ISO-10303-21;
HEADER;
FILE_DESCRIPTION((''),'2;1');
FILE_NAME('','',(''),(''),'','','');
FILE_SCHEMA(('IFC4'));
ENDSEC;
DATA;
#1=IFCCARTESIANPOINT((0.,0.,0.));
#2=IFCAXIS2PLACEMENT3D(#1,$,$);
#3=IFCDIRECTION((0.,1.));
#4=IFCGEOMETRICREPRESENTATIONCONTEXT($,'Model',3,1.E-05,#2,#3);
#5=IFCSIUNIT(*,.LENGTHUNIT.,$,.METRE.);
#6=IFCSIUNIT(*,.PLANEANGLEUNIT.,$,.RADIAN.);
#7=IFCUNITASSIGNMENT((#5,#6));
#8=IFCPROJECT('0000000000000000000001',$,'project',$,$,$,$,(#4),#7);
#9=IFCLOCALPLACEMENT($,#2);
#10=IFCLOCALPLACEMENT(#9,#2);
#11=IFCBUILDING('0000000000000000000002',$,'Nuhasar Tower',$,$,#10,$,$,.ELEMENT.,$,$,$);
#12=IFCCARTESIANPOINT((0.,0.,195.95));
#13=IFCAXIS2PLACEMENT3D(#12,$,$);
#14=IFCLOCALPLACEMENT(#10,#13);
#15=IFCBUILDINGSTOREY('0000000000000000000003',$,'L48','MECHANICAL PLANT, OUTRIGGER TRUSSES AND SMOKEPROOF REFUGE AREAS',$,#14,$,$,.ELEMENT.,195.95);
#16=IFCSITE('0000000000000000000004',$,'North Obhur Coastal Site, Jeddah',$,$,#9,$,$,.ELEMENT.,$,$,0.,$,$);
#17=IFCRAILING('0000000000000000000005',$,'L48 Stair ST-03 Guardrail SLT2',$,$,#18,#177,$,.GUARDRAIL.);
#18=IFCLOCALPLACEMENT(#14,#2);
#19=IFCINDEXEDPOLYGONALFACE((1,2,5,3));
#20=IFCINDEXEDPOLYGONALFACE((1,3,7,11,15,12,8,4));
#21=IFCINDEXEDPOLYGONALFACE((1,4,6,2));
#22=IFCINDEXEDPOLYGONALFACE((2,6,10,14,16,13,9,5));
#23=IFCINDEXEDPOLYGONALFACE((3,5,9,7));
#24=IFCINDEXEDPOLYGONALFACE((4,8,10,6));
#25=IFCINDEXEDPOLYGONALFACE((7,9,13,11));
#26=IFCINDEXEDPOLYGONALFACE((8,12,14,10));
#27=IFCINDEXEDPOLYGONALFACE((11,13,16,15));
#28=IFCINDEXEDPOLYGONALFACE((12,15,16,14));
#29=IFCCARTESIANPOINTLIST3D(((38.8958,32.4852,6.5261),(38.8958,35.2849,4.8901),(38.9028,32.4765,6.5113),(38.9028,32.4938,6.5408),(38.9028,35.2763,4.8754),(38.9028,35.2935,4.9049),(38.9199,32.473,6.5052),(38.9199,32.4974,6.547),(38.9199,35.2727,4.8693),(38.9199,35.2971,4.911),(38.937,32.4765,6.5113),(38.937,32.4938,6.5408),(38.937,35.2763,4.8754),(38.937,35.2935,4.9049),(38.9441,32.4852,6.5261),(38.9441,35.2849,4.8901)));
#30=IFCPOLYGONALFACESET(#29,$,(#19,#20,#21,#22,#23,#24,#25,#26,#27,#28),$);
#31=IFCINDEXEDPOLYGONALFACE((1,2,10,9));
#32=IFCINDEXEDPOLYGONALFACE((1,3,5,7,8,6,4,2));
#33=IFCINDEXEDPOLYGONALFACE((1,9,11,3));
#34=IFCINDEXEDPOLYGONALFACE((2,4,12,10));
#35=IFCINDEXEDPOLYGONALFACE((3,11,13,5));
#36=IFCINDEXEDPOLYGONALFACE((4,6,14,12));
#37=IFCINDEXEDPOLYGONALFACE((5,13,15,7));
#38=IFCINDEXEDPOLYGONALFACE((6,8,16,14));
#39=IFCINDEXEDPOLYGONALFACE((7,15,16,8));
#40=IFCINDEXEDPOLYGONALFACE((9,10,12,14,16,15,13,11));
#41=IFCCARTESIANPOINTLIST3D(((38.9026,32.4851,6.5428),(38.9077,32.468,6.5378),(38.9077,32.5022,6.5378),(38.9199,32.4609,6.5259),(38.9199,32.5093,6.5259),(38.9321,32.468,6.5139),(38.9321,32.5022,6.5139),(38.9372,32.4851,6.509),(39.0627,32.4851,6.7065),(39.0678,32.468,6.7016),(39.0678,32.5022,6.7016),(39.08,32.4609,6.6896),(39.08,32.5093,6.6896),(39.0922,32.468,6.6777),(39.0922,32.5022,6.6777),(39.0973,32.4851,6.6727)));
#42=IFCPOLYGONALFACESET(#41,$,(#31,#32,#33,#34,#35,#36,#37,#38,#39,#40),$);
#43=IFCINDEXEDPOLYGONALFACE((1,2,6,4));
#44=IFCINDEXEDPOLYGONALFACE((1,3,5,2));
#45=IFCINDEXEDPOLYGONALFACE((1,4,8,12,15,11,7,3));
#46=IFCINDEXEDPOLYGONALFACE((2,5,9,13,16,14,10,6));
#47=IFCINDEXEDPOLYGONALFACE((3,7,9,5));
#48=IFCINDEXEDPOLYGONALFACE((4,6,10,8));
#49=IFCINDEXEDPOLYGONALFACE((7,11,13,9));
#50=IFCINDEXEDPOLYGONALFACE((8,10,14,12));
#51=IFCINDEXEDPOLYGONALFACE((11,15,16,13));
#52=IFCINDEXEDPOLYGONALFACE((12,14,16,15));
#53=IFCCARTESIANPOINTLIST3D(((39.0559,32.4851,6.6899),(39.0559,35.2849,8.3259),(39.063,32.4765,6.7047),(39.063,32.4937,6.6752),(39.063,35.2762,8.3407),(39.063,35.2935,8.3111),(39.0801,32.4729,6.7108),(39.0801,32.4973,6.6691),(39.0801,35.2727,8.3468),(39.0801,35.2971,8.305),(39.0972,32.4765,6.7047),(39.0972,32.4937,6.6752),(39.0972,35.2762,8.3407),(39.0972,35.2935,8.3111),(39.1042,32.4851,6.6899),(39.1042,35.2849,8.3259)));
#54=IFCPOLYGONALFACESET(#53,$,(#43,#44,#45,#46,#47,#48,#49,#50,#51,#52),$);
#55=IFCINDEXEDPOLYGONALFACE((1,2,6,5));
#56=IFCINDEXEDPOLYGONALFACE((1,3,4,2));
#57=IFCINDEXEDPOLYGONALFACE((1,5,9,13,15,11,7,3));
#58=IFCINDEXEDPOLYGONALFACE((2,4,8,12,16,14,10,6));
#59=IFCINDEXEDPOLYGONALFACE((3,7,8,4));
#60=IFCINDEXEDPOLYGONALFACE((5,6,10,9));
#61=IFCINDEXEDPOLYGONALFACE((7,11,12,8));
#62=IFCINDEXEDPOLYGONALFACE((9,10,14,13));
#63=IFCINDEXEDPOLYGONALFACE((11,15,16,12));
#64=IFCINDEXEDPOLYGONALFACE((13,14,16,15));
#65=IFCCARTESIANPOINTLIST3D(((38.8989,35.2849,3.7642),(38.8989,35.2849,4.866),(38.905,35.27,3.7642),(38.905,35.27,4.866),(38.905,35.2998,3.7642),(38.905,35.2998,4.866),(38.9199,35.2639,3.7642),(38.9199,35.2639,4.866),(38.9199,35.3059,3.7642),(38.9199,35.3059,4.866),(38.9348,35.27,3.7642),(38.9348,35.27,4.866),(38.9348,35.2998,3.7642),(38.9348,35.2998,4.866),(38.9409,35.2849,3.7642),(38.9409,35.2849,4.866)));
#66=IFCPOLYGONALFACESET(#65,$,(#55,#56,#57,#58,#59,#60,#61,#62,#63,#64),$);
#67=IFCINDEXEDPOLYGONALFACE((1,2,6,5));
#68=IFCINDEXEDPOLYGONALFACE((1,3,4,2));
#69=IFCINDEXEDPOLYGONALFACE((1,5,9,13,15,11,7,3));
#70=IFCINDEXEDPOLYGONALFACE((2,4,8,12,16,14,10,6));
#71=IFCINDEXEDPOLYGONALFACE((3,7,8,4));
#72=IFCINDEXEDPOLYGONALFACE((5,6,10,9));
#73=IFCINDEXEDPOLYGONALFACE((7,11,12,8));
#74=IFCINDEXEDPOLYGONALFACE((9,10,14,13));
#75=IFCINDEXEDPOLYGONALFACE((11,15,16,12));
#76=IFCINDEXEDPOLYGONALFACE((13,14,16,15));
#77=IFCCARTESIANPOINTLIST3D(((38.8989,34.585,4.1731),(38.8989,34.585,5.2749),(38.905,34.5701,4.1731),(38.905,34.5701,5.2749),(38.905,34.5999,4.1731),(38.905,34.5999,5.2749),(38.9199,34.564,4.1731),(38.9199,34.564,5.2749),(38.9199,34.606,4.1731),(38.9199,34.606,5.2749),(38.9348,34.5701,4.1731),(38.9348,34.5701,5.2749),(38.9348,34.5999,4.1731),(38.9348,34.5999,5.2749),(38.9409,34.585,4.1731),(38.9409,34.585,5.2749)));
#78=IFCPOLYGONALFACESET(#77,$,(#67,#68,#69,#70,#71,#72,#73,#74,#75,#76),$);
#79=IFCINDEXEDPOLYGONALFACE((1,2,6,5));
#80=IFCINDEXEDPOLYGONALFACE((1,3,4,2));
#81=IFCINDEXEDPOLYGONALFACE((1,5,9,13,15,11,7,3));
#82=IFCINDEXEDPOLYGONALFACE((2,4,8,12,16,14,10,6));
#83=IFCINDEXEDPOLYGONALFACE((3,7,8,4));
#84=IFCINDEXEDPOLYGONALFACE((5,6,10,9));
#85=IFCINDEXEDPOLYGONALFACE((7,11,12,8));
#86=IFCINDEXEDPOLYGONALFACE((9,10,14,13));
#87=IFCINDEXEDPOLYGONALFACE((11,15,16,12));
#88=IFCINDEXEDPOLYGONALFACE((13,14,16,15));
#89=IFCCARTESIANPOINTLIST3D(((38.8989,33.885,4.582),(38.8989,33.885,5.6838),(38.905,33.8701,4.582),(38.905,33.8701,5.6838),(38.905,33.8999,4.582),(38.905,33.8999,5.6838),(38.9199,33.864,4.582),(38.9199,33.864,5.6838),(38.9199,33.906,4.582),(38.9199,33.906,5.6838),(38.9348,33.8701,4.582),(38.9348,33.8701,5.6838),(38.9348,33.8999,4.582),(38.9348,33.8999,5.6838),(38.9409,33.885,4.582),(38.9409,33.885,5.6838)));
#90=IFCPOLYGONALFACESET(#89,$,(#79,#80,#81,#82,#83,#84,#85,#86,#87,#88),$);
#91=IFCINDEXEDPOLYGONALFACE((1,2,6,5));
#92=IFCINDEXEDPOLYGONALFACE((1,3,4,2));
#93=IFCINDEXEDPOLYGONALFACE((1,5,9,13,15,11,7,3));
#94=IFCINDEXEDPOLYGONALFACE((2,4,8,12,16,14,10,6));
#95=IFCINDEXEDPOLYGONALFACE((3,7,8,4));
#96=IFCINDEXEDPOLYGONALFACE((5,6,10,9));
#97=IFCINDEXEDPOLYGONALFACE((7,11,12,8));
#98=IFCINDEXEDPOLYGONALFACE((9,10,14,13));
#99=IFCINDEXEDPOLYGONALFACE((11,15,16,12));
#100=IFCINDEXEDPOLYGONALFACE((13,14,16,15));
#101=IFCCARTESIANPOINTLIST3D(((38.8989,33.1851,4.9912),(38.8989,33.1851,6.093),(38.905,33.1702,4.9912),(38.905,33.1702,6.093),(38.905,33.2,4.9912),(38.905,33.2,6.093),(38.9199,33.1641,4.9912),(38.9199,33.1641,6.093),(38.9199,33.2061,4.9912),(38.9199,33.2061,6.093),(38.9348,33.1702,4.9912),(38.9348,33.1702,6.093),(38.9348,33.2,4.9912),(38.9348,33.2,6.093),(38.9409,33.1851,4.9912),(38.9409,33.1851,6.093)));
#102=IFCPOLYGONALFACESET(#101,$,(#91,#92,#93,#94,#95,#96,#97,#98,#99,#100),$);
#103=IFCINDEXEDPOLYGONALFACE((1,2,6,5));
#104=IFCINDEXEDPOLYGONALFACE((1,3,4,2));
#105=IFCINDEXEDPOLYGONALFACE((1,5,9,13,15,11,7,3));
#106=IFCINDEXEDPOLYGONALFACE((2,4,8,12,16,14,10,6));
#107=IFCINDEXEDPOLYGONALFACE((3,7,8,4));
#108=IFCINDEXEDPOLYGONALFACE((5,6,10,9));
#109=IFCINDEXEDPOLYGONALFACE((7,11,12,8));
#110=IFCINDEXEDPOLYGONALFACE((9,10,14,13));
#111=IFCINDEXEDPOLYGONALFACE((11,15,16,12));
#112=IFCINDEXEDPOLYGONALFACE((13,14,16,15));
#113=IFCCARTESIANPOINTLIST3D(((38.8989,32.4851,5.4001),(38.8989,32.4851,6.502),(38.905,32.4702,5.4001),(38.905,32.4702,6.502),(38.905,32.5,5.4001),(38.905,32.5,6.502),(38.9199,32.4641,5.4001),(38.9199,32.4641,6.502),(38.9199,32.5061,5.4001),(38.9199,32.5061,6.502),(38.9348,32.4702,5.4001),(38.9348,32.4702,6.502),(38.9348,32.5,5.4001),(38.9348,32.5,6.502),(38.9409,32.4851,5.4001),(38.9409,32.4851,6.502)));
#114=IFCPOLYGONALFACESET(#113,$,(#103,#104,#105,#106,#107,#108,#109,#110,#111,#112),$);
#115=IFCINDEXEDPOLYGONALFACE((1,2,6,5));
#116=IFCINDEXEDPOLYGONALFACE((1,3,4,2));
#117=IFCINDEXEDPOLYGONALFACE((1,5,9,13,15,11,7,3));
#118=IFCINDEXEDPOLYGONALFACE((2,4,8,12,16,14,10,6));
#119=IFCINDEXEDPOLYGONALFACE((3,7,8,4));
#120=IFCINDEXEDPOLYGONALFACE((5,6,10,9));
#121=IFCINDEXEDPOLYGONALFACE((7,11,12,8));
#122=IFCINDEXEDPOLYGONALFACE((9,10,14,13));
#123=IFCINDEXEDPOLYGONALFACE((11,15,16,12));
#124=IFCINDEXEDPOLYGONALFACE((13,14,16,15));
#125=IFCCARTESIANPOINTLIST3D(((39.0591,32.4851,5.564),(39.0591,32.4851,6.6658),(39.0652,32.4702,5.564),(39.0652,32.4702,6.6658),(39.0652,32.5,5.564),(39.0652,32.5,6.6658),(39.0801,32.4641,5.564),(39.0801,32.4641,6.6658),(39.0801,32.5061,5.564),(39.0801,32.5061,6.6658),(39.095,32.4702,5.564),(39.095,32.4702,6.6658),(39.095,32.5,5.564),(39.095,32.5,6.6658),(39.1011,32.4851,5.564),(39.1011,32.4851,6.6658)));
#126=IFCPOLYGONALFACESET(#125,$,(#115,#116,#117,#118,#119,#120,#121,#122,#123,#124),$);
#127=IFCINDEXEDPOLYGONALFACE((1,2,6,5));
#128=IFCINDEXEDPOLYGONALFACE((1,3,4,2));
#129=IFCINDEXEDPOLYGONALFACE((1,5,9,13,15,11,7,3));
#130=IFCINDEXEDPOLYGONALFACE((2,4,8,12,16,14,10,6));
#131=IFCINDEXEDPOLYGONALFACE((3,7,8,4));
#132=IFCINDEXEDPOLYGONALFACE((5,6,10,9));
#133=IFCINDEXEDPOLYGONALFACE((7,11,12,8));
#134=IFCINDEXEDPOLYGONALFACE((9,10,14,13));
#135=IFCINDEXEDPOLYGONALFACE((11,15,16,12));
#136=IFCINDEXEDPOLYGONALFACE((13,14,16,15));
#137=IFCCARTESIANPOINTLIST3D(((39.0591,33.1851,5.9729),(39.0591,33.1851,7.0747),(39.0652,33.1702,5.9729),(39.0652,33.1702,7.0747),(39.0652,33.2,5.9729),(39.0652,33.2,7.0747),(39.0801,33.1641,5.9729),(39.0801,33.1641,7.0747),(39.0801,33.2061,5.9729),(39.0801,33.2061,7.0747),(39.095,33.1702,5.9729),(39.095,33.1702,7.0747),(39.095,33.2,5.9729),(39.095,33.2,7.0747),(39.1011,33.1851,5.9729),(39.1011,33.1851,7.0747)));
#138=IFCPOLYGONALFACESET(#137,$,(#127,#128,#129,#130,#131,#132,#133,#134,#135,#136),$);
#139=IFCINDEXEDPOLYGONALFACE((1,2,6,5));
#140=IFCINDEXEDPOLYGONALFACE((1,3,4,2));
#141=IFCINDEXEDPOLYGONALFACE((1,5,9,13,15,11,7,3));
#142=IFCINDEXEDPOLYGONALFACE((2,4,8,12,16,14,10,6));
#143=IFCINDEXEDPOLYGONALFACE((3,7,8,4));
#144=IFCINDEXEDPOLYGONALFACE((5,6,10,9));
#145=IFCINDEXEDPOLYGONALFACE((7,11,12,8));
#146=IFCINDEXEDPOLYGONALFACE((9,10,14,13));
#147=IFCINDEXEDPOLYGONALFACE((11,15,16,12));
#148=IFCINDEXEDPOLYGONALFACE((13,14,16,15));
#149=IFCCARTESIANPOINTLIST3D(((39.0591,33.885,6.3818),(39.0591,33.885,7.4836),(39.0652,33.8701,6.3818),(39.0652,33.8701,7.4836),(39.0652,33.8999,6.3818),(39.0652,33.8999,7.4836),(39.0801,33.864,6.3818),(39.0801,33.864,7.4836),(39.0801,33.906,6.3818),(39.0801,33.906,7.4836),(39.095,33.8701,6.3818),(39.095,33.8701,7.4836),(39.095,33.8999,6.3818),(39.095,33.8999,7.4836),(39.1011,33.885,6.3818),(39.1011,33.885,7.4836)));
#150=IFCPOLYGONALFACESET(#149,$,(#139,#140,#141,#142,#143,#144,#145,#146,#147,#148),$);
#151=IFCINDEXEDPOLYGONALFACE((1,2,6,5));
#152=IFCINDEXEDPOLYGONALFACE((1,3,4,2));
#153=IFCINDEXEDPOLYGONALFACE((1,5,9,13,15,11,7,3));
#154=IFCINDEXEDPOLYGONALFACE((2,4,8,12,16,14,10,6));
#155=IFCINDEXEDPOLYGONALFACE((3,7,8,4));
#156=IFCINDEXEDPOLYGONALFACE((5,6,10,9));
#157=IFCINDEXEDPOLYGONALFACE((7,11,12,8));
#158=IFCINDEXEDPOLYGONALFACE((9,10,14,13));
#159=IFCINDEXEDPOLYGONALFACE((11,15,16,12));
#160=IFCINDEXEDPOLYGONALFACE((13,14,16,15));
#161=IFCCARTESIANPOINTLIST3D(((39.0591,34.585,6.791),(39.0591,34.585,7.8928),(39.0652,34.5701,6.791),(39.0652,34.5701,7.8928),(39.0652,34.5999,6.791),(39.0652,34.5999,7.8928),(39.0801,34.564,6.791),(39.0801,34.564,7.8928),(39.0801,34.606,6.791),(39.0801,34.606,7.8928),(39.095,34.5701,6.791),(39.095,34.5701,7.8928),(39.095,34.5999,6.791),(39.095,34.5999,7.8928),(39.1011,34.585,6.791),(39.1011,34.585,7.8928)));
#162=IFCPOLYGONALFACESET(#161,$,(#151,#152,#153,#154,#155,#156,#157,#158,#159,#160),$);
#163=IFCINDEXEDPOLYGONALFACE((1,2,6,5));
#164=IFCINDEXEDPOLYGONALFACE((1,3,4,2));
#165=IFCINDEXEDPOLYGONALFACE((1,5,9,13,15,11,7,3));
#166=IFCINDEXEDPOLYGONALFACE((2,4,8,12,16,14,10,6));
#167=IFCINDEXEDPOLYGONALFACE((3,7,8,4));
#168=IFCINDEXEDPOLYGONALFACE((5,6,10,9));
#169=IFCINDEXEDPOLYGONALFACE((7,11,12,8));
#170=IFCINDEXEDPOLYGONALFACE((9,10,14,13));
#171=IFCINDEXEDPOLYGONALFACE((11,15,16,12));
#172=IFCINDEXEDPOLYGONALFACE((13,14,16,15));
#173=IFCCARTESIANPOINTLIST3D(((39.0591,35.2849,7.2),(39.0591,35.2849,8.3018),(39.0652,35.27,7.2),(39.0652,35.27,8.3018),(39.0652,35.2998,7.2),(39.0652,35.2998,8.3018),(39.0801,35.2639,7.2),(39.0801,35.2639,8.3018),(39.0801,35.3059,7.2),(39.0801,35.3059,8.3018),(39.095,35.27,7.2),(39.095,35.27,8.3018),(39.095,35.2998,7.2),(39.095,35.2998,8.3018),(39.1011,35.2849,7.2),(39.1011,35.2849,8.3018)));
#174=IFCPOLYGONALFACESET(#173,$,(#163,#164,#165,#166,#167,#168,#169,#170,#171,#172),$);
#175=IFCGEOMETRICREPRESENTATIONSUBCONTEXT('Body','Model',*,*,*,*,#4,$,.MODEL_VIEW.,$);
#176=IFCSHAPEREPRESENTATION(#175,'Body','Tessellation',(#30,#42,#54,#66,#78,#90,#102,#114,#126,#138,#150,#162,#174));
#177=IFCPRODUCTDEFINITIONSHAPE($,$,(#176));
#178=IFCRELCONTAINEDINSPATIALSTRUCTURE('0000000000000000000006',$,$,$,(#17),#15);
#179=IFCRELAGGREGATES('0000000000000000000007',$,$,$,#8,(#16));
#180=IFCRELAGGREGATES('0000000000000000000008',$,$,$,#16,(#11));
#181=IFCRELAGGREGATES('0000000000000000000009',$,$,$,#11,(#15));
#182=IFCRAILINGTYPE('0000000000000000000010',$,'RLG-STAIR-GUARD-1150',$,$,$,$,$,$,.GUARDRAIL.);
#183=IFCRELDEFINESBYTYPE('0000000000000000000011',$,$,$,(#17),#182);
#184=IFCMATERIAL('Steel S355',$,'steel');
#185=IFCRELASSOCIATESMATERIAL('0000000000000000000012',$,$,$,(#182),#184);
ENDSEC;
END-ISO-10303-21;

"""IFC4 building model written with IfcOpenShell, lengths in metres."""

from ifc_helpers import new_model, si_unit, direction, frame, origin, place, context, subcontext, project, spatial, polyline, outline, extrude, material, type_object, element, save


model = new_model("IFC4")

# Units and contexts
model_context = context("Model", 3, precision=1e-05, world=origin(), true_north=direction((0.0, 1.0)))
body_context = subcontext(model_context, "Body", "Model", "MODEL_VIEW")
ifc_project = project(units=[si_unit("LENGTHUNIT", "METRE"), si_unit("PLANEANGLEUNIT", "RADIAN")], contexts=[model_context])

# Site, building, storey
site_placement = place(None, origin())
site = spatial("IfcSite", under=ifc_project, at=site_placement, Name="North Obhur Coastal Site, Jeddah", CompositionType="ELEMENT", RefElevation=0.0)
building_placement = place(site_placement, origin())
building = spatial("IfcBuilding", under=site, at=building_placement, Name="Nuhasar Tower", CompositionType="ELEMENT")
storey_placement = place(building_placement, frame((0.0, 0.0, 195.95)))
storey = spatial("IfcBuildingStorey", under=building, at=storey_placement, Name="L48", Description="MECHANICAL PLANT, OUTRIGGER TRUSSES AND SMOKEPROOF REFUGE AREAS", CompositionType="ELEMENT", Elevation=195.95)

# Shared definitions
ifc_material_1 = material(Name="Steel S355", Category="steel")

# Railing
railing_type_1 = type_object("IfcRailingType", Name="RLG-STAIR-GUARD-1150", PredefinedType="GUARDRAIL", material=ifc_material_1)
railing_1_placement = place(storey_placement, frame((38.9199, 35.2849, 3.7642)))
element("IfcRailing", 1, at=railing_1_placement, inside=storey, type_object=railing_type_1, Name="L48 Stair ST-03 Guardrail SLT2", PredefinedType="GUARDRAIL", context=body_context, shape_type="SweptSolid", body=[
    extrude(outline(polyline([(0.0242, 0.0), (0.0171, 0.0171), (0.0, 0.0242), (-0.0171, 0.0171), (-0.0242, 0.0), (-0.0171, -0.0171), (0.0, -0.0242), (0.0171, -0.0171), (0.0242, 0.0)])), frame((0.0, 0.0, 1.126), z_axis=(0.0, -0.863407, 0.504508), x_axis=(1.0, 0.0, 0.0)), (0.0, 0.0, 1.0), 3.2427),
    extrude(outline(polyline([(0.0242, 0.0), (0.0171, 0.0171), (0.0, 0.0242), (-0.0171, 0.0171), (-0.0242, 0.0), (-0.0171, -0.0171), (0.0, -0.0242), (0.0171, -0.0171), (0.0242, 0.0)])), frame((0.0, -2.7998, 2.7617), z_axis=(0.699069, 0.0, 0.715054), x_axis=(0.0, 1.0, 0.0)), (0.0, 0.0, 1.0), 0.229),
    extrude(outline(polyline([(0.0242, 0.0), (0.0171, 0.0171), (0.0, 0.0242), (-0.0171, 0.0171), (-0.0242, 0.0), (-0.0171, -0.0171), (0.0, -0.0242), (0.0171, -0.0171), (0.0242, 0.0)])), frame((0.1602, -2.7998, 2.9258), z_axis=(0.0, 0.863407, 0.504508), x_axis=(-1.0, 0.0, 0.0)), (0.0, 0.0, 1.0), 3.2427),
    extrude(outline(polyline([(0.021, 0.0), (0.0149, 0.0149), (0.0, 0.021), (-0.0149, 0.0149), (-0.021, 0.0), (-0.0149, -0.0149), (0.0, -0.021), (0.0149, -0.0149), (0.021, 0.0)])), origin(), (0.0, 0.0, 1.0), 1.1018),
    extrude(outline(polyline([(0.021, 0.0), (0.0149, 0.0149), (0.0, 0.021), (-0.0149, 0.0149), (-0.021, 0.0), (-0.0149, -0.0149), (0.0, -0.021), (0.0149, -0.0149), (0.021, 0.0)])), frame((0.0, -0.7, 0.4089)), (0.0, 0.0, 1.0), 1.1018),
    extrude(outline(polyline([(0.021, 0.0), (0.0149, 0.0149), (0.0, 0.021), (-0.0149, 0.0149), (-0.021, 0.0), (-0.0149, -0.0149), (0.0, -0.021), (0.0149, -0.0149), (0.021, 0.0)])), frame((0.0, -1.3999, 0.8179)), (0.0, 0.0, 1.0), 1.1018),
    extrude(outline(polyline([(0.021, 0.0), (0.0149, 0.0149), (0.0, 0.021), (-0.0149, 0.0149), (-0.021, 0.0), (-0.0149, -0.0149), (0.0, -0.021), (0.0149, -0.0149), (0.021, 0.0)])), frame((0.0, -2.0999, 1.2271)), (0.0, 0.0, 1.0), 1.1018),
    extrude(outline(polyline([(0.021, 0.0), (0.0149, 0.0149), (0.0, 0.021), (-0.0149, 0.0149), (-0.021, 0.0), (-0.0149, -0.0149), (0.0, -0.021), (0.0149, -0.0149), (0.021, 0.0)])), frame((0.0, -2.7998, 1.636)), (0.0, 0.0, 1.0), 1.1018),
    extrude(outline(polyline([(0.021, 0.0), (0.0149, 0.0149), (0.0, 0.021), (-0.0149, 0.0149), (-0.021, 0.0), (-0.0149, -0.0149), (0.0, -0.021), (0.0149, -0.0149), (0.021, 0.0)])), frame((0.1602, -2.7998, 1.7998)), (0.0, 0.0, 1.0), 1.1018),
    extrude(outline(polyline([(0.021, 0.0), (0.0149, 0.0149), (0.0, 0.021), (-0.0149, 0.0149), (-0.021, 0.0), (-0.0149, -0.0149), (0.0, -0.021), (0.0149, -0.0149), (0.021, 0.0)])), frame((0.1602, -2.0999, 2.2087)), (0.0, 0.0, 1.0), 1.1018),
    extrude(outline(polyline([(0.021, 0.0), (0.0149, 0.0149), (0.0, 0.021), (-0.0149, 0.0149), (-0.021, 0.0), (-0.0149, -0.0149), (0.0, -0.021), (0.0149, -0.0149), (0.021, 0.0)])), frame((0.1602, -1.3999, 2.6177)), (0.0, 0.0, 1.0), 1.1018),
    extrude(outline(polyline([(0.021, 0.0), (0.0149, 0.0149), (0.0, 0.021), (-0.0149, 0.0149), (-0.021, 0.0), (-0.0149, -0.0149), (0.0, -0.021), (0.0149, -0.0149), (0.021, 0.0)])), frame((0.1602, -0.7, 3.0269)), (0.0, 0.0, 1.0), 1.1018),
    extrude(outline(polyline([(0.021, 0.0), (0.0149, 0.0149), (0.0, 0.021), (-0.0149, 0.0149), (-0.021, 0.0), (-0.0149, -0.0149), (0.0, -0.021), (0.0149, -0.0149), (0.021, 0.0)])), frame((0.1602, 0.0, 3.4358)), (0.0, 0.0, 1.0), 1.1018),
])

save(model, "model.ifc")
